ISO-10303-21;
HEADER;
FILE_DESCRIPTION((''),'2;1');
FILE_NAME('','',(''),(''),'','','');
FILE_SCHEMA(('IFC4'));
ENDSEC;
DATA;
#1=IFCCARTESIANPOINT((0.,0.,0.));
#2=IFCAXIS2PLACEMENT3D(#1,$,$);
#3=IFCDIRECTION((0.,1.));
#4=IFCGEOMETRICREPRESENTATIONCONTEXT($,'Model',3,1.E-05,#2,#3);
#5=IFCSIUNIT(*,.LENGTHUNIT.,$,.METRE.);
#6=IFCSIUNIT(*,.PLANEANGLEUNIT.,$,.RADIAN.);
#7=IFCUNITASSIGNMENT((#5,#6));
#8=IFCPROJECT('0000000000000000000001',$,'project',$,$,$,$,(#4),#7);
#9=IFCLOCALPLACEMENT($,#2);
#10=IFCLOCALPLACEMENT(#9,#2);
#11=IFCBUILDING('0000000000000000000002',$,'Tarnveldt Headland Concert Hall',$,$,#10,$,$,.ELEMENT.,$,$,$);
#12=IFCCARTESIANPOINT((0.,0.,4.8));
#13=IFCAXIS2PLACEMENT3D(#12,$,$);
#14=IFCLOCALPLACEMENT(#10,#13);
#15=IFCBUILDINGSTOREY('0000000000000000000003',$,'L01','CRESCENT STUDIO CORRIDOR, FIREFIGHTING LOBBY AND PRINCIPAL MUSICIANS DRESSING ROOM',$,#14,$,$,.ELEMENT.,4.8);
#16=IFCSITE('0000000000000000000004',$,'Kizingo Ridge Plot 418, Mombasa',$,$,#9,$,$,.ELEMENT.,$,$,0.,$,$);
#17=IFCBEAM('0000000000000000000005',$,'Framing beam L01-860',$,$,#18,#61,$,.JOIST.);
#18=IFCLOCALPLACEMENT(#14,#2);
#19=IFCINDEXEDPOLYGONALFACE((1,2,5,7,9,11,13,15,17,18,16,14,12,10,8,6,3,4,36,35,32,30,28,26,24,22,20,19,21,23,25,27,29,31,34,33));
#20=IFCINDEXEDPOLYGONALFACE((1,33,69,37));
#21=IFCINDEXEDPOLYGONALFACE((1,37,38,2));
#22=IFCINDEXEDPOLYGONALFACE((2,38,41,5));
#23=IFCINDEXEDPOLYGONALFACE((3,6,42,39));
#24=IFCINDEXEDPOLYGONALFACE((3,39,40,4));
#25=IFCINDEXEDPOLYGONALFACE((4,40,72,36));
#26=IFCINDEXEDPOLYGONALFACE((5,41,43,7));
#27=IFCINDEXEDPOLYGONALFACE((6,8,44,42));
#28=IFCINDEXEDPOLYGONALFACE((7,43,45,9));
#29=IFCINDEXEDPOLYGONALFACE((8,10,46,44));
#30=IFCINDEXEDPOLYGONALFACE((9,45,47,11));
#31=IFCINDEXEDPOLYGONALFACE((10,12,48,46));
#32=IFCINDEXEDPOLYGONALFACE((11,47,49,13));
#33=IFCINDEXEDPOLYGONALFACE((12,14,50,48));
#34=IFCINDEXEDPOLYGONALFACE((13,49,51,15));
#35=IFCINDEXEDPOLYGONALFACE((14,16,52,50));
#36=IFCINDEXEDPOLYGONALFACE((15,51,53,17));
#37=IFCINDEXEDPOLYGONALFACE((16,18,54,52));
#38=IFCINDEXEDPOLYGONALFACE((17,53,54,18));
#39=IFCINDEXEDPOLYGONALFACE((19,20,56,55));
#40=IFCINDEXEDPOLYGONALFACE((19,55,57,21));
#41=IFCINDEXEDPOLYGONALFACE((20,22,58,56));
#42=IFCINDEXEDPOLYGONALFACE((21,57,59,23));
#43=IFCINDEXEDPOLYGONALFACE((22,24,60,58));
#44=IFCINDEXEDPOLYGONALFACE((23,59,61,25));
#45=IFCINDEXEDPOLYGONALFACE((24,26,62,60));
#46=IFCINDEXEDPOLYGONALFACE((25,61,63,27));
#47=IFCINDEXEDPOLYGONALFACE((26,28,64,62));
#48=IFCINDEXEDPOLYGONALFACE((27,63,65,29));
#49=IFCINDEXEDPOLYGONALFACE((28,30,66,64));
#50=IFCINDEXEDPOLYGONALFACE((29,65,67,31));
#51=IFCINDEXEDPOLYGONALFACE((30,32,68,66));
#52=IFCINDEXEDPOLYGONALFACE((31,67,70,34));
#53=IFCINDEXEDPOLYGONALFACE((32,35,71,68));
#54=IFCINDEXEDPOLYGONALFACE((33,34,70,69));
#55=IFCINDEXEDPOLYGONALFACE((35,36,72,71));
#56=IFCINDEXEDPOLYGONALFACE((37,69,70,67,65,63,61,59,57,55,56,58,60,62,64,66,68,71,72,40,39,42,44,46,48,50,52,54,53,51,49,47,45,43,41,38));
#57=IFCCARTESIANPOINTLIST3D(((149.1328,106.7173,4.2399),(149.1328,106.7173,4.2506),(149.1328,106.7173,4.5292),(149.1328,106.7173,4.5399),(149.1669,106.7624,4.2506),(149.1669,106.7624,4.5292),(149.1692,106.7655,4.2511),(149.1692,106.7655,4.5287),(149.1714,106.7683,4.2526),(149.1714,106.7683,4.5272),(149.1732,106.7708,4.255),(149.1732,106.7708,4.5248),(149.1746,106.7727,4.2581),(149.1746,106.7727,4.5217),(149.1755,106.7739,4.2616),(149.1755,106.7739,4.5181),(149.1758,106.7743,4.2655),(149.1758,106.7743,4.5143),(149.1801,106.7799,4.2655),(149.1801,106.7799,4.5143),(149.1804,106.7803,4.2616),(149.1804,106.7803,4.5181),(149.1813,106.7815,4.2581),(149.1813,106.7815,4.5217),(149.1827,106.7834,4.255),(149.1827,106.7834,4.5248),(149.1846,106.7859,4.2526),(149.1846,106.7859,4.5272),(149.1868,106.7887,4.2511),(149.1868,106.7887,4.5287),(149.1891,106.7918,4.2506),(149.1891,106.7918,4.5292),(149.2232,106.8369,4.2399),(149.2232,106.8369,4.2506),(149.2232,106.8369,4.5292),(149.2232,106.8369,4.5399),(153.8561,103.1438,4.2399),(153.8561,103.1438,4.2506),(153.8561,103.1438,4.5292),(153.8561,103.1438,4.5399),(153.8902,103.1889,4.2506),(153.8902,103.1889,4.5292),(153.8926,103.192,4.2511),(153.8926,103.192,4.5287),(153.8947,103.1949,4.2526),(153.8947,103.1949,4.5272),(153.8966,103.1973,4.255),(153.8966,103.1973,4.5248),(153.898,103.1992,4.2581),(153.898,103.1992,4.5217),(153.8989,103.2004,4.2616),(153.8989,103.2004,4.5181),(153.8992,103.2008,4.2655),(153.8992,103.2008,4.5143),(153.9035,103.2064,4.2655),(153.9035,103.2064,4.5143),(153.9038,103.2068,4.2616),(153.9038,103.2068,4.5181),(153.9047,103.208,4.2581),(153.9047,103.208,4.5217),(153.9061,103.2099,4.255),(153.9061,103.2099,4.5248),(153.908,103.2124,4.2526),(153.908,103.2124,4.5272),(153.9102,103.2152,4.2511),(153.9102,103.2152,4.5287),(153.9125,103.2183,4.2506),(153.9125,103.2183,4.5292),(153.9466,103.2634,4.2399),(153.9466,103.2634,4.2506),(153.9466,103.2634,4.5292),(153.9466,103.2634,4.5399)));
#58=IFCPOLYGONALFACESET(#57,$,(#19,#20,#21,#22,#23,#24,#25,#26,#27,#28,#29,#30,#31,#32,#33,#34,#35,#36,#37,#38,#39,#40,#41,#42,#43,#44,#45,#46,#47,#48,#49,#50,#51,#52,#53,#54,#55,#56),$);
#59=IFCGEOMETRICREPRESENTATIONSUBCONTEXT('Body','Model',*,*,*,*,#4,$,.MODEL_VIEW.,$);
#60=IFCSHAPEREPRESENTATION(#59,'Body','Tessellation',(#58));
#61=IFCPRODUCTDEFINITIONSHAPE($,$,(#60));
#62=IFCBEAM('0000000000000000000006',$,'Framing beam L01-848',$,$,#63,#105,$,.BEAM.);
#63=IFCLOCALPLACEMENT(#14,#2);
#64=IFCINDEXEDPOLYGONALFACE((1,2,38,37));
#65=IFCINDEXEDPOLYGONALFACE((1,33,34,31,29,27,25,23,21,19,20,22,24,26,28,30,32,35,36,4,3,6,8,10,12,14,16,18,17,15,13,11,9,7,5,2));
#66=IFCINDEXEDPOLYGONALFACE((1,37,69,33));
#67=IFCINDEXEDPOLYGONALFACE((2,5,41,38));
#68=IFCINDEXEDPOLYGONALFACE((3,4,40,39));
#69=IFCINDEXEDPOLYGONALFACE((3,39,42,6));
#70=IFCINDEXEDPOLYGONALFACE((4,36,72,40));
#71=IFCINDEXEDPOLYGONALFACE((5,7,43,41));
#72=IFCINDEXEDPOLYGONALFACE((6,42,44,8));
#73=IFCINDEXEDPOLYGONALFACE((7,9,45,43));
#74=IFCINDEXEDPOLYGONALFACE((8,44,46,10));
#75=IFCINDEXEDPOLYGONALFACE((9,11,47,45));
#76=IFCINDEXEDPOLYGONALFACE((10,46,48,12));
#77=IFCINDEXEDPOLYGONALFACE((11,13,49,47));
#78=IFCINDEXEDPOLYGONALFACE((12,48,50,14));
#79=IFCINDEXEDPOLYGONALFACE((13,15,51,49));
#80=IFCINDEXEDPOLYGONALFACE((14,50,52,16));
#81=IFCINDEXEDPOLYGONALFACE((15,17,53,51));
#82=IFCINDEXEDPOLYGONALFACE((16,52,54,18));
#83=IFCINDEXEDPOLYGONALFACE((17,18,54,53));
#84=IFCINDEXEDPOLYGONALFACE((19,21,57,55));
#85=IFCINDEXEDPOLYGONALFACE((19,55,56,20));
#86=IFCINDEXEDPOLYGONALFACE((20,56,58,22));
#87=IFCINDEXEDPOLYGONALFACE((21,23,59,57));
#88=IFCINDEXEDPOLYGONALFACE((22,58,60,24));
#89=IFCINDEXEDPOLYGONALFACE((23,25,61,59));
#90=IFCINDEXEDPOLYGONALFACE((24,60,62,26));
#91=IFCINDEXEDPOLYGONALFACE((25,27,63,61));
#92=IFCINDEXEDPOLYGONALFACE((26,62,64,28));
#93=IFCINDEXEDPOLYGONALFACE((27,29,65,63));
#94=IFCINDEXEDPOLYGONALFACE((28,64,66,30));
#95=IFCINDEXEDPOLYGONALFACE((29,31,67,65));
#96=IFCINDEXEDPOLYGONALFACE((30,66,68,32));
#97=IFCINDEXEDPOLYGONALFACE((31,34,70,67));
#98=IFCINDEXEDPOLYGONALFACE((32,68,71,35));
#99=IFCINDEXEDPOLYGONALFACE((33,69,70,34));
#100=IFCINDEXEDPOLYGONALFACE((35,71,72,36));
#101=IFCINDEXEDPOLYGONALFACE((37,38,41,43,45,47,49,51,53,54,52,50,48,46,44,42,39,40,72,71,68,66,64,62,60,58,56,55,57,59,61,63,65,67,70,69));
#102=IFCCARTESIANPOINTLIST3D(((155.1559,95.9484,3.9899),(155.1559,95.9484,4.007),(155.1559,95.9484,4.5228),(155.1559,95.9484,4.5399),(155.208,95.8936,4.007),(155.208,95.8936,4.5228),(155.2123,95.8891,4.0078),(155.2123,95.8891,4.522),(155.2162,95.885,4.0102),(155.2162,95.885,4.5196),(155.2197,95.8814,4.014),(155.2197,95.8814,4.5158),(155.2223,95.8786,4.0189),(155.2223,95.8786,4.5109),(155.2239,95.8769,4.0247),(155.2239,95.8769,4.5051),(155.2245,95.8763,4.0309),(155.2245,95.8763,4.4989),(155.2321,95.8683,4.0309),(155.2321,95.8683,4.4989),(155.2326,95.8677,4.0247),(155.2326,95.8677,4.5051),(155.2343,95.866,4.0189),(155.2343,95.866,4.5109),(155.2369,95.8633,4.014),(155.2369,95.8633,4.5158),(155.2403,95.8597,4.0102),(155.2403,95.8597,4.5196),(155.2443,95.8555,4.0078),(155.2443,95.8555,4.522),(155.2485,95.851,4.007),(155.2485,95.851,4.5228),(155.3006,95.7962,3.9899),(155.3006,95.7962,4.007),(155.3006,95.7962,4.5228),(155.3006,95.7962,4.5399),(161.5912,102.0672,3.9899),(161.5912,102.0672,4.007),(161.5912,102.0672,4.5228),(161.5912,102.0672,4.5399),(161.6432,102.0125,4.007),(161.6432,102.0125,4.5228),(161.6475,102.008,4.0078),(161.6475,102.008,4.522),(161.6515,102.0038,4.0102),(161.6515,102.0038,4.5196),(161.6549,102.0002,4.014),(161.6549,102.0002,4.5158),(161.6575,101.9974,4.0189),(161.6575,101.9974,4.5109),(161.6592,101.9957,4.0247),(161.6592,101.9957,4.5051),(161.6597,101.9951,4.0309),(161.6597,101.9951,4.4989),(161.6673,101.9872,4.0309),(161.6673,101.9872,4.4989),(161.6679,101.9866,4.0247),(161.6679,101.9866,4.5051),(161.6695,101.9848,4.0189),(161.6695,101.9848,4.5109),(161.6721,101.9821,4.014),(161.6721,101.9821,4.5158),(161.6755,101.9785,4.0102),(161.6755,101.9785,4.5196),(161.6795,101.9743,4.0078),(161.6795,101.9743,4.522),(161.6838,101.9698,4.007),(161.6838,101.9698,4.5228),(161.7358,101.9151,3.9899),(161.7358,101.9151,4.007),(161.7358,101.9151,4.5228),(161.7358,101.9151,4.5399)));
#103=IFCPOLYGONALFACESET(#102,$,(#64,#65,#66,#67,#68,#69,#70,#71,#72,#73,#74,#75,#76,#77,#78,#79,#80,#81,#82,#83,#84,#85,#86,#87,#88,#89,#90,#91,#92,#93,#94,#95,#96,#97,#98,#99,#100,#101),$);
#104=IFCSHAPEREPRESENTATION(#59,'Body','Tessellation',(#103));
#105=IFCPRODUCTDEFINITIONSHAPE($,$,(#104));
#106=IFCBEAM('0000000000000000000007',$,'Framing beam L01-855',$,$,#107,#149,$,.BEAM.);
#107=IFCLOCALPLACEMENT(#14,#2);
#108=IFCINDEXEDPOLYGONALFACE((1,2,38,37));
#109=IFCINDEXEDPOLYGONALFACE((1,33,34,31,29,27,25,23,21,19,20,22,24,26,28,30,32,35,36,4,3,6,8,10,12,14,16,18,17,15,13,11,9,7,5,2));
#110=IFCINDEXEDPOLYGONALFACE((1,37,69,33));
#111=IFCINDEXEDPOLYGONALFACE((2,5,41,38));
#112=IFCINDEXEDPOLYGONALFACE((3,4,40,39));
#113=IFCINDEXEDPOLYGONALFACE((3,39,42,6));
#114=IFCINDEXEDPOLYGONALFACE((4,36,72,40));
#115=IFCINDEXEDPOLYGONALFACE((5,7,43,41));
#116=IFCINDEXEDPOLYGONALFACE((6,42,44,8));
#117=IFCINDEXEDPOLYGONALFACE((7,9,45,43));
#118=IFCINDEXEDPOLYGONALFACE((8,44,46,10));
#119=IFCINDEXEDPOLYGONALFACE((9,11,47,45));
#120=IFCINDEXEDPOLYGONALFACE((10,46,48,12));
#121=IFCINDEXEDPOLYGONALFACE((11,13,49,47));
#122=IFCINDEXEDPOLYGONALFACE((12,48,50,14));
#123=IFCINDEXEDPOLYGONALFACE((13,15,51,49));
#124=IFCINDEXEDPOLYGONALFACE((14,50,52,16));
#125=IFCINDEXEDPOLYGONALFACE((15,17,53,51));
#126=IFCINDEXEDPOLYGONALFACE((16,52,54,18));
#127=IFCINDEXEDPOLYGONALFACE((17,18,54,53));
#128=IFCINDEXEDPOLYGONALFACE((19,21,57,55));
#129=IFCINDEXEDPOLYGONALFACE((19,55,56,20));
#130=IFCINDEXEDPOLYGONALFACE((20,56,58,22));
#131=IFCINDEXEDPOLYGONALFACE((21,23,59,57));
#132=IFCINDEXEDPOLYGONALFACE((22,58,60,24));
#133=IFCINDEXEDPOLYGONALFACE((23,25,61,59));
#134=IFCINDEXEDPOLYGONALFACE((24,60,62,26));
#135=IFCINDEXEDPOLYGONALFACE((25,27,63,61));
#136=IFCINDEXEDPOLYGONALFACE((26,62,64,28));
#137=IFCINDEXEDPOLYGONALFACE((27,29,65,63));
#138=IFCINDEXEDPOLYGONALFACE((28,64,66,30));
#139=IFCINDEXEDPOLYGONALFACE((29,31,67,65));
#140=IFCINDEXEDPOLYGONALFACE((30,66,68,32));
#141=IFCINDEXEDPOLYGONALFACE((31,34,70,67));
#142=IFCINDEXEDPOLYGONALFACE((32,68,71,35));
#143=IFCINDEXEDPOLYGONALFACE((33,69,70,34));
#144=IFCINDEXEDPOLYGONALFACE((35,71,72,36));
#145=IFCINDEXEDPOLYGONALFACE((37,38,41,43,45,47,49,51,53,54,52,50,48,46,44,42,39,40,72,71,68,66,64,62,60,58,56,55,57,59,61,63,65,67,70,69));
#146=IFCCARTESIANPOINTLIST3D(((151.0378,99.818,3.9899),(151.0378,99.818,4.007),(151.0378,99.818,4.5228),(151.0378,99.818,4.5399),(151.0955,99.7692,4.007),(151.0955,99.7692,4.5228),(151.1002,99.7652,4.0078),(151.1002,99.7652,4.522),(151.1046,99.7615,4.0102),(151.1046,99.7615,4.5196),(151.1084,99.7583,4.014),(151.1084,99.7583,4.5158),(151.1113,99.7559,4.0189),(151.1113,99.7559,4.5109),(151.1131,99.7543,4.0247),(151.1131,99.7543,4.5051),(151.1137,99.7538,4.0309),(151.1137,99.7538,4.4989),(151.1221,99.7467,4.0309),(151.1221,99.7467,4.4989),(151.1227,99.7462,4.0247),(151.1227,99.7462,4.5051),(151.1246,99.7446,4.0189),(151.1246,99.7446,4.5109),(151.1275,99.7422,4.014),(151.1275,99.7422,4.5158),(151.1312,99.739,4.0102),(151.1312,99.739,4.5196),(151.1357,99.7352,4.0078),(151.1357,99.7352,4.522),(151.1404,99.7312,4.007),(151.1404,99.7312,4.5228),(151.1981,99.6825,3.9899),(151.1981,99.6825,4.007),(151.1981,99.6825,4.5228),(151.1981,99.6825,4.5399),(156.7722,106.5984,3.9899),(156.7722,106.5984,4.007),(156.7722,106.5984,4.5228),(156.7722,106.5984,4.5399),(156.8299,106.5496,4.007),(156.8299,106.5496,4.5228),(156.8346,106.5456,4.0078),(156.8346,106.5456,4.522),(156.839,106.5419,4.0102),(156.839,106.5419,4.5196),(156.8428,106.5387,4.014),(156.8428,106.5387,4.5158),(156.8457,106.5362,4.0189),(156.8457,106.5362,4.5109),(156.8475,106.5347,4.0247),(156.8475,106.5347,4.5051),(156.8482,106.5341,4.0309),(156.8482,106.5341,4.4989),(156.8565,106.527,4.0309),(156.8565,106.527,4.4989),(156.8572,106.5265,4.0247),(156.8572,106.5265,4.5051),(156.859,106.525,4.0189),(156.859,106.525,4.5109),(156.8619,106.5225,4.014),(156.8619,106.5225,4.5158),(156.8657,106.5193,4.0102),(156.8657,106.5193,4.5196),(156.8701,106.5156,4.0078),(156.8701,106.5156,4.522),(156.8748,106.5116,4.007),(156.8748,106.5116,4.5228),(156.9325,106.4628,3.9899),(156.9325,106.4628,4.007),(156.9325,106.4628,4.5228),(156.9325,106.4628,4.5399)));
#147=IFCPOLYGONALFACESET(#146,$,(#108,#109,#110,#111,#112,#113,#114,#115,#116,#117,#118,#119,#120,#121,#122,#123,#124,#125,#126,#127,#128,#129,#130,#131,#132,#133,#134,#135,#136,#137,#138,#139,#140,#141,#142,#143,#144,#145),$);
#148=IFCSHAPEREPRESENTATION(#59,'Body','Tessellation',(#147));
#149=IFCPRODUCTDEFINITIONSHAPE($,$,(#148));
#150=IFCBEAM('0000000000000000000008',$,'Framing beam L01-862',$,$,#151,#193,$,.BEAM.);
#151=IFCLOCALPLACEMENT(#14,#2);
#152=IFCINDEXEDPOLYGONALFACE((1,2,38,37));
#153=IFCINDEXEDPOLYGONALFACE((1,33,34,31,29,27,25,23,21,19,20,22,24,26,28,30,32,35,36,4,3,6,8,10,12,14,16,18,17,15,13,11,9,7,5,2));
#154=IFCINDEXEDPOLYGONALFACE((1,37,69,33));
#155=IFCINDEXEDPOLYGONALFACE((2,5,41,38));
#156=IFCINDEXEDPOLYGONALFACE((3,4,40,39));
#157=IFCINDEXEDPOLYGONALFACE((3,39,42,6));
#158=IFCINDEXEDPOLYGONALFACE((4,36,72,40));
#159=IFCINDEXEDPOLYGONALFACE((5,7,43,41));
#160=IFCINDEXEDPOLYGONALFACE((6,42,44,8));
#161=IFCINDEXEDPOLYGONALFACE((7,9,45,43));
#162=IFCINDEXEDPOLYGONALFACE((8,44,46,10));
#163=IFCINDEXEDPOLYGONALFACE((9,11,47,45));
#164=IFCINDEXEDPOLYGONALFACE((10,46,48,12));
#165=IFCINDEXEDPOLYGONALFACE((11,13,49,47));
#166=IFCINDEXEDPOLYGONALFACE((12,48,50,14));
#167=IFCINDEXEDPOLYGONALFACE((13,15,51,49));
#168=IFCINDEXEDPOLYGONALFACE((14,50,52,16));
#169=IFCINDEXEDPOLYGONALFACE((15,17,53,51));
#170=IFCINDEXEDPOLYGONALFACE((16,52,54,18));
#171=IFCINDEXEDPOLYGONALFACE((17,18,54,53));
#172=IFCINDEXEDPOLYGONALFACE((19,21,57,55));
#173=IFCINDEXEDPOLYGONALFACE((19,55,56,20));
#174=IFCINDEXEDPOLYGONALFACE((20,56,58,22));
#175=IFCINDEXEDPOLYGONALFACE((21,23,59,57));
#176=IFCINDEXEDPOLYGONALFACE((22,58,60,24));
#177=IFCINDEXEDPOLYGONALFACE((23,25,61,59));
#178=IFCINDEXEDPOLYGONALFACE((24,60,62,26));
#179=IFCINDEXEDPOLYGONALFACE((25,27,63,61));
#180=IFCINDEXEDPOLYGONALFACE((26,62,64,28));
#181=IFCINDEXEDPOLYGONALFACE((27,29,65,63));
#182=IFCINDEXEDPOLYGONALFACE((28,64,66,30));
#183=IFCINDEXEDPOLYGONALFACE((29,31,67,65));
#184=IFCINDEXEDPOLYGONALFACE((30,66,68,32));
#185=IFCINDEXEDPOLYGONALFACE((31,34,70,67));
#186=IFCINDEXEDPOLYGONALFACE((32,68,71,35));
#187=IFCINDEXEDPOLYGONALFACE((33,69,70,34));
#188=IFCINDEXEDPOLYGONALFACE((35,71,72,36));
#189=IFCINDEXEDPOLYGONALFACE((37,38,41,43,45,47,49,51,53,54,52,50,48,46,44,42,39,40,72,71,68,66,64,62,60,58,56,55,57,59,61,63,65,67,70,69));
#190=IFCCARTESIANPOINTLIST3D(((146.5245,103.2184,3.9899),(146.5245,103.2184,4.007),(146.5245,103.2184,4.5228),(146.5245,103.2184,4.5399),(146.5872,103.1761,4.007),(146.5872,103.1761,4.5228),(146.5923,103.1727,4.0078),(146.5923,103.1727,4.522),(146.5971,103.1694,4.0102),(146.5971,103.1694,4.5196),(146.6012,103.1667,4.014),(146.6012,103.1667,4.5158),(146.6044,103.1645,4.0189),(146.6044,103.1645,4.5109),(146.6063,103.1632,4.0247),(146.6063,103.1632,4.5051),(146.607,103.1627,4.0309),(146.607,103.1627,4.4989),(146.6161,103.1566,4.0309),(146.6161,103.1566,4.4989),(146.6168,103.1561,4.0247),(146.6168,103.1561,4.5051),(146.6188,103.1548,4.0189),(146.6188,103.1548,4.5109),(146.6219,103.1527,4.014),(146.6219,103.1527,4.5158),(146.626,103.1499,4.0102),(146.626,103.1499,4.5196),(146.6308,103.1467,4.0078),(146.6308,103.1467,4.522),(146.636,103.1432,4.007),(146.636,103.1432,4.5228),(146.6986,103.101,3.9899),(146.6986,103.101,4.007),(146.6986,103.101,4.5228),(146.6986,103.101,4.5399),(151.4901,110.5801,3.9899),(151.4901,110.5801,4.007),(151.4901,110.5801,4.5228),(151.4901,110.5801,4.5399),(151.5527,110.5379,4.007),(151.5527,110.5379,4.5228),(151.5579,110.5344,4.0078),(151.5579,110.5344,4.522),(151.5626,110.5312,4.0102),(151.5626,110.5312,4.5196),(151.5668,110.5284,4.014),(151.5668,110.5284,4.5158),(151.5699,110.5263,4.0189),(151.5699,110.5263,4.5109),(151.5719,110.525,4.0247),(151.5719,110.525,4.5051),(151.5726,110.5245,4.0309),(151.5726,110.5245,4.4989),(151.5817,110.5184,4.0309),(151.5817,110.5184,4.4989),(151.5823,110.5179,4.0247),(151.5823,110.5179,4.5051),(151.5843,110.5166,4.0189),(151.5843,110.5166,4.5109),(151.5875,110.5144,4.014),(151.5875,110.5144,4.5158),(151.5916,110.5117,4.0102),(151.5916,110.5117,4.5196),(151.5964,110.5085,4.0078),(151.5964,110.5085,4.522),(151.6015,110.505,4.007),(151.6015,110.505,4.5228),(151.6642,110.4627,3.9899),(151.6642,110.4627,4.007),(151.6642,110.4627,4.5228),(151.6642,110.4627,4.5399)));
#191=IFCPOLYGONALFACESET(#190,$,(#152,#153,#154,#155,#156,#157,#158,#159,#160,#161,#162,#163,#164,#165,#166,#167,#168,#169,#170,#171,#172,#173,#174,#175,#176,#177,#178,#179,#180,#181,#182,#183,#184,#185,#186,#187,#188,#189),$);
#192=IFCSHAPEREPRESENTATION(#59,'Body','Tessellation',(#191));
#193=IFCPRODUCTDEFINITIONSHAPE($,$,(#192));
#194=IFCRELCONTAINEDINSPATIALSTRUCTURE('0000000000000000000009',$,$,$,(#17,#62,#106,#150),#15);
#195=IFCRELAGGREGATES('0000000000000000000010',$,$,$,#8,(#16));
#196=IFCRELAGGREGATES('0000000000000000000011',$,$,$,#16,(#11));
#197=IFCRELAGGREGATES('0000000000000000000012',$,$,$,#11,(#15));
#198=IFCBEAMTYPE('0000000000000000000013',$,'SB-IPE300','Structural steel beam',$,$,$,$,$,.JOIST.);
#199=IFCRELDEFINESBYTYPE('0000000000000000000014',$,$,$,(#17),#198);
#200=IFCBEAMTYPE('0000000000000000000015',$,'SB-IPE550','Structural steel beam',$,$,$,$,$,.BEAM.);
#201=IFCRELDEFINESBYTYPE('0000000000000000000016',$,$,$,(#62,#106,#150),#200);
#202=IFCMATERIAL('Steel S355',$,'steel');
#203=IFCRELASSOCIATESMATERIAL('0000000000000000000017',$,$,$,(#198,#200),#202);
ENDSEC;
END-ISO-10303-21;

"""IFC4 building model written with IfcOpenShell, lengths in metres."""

from ifc_helpers import new_model, si_unit, direction, frame, origin, origin_2d, place, context, subcontext, project, spatial, i_section, extrude, material, material_profile, profile_set, type_object, element, save


model = new_model("IFC4")

# Units and contexts
model_context = context("Model", 3, precision=1e-05, world=origin(), true_north=direction((0.0, 1.0)))
body_context = subcontext(model_context, "Body", "Model", "MODEL_VIEW")
ifc_project = project(units=[si_unit("LENGTHUNIT", "METRE"), si_unit("PLANEANGLEUNIT", "RADIAN")], contexts=[model_context])

# Site, building, storey
site_placement = place(None, origin())
site = spatial("IfcSite", under=ifc_project, at=site_placement, Name="Kizingo Ridge Plot 418, Mombasa", CompositionType="ELEMENT", RefElevation=0.0)
building_placement = place(site_placement, origin())
building = spatial("IfcBuilding", under=site, at=building_placement, Name="Tarnveldt Headland Concert Hall", CompositionType="ELEMENT")
storey_placement = place(building_placement, frame((0.0, 0.0, 4.8)))
storey = spatial("IfcBuildingStorey", under=building, at=storey_placement, Name="L01", Description="CRESCENT STUDIO CORRIDOR, FIREFIGHTING LOBBY AND PRINCIPAL MUSICIANS DRESSING ROOM", CompositionType="ELEMENT", Elevation=4.8)

# Beams
ifc_material_1 = material(Name="Steel S355", Category="steel")
ifc_material_profile_1 = material_profile(ifc_material_1, i_section(OverallWidth=0.1499, OverallDepth=0.3, WebThickness=0.0071, FlangeThickness=0.0107, FilletRadius=0.0149, at=origin_2d()), Name="IPE300", Category="steel")
ifc_profile_set_1 = profile_set([ifc_material_profile_1], Name="Steel S355")
beam_type_1 = type_object("IfcBeamType", Name="SB-IPE300", Description="Structural steel beam", PredefinedType="JOIST", material=ifc_profile_set_1)
beam_1_placement = place(storey_placement, frame((153.9014, 103.2036, 4.3899), z_axis=(-0.797485, 0.603339, 0.0), x_axis=(-0.603339, -0.797485, 0.0)))
element("IfcBeam", 1, at=beam_1_placement, inside=storey, type_object=beam_type_1, Name="Framing beam L01-860", PredefinedType="JOIST", context=body_context, shape_type="SweptSolid", body=[
    extrude(i_section(OverallWidth=0.1499, OverallDepth=0.3, WebThickness=0.0071, FlangeThickness=0.0107, FilletRadius=0.0149, at=origin_2d()), origin(), (0.0, 0.0, 1.0), 5.9229),
])
ifc_material_profile_2 = material_profile(ifc_material_1, i_section(OverallWidth=0.21, OverallDepth=0.55, WebThickness=0.011, FlangeThickness=0.0171, FilletRadius=0.0239, at=origin_2d()), Name="IPE550", Category="steel")
ifc_profile_set_2 = profile_set([ifc_material_profile_2], Name="Steel S355")
beam_type_2 = type_object("IfcBeamType", Name="SB-IPE550", Description="Structural steel beam", PredefinedType="BEAM", material=ifc_profile_set_2)
beam_2_placement = place(storey_placement, frame((155.2283, 95.8723, 4.2649), z_axis=(0.724698, 0.689067, 0.0), x_axis=(-0.689067, 0.724698, 0.0)))
element("IfcBeam", 2, at=beam_2_placement, inside=storey, type_object=beam_type_2, Name="Framing beam L01-848", PredefinedType="BEAM", context=body_context, shape_type="SweptSolid", body=[
    extrude(i_section(OverallWidth=0.21, OverallDepth=0.55, WebThickness=0.011, FlangeThickness=0.0171, FilletRadius=0.0239, at=origin_2d()), origin(), (0.0, 0.0, 1.0), 8.8799),
])
beam_3_placement = place(storey_placement, frame((151.1179, 99.7502, 4.2649), z_axis=(0.64576, 0.763541, 0.0), x_axis=(-0.763541, 0.64576, 0.0)))
element("IfcBeam", 3, at=beam_3_placement, inside=storey, type_object=beam_type_2, Name="Framing beam L01-855", PredefinedType="BEAM", context=body_context, shape_type="SweptSolid", body=[
    extrude(i_section(OverallWidth=0.21, OverallDepth=0.55, WebThickness=0.011, FlangeThickness=0.0171, FilletRadius=0.0239, at=origin_2d()), origin(), (0.0, 0.0, 1.0), 8.8801),
])
beam_4_placement = place(storey_placement, frame((146.6116, 103.1597, 4.2649), z_axis=(0.55919, 0.829039, 0.0), x_axis=(-0.829039, 0.55919, 0.0)))
element("IfcBeam", 4, at=beam_4_placement, inside=storey, type_object=beam_type_2, Name="Framing beam L01-862", PredefinedType="BEAM", context=body_context, shape_type="SweptSolid", body=[
    extrude(i_section(OverallWidth=0.21, OverallDepth=0.55, WebThickness=0.011, FlangeThickness=0.0171, FilletRadius=0.0239, at=origin_2d()), origin(), (0.0, 0.0, 1.0), 8.8799),
])

save(model, "model.ifc")
